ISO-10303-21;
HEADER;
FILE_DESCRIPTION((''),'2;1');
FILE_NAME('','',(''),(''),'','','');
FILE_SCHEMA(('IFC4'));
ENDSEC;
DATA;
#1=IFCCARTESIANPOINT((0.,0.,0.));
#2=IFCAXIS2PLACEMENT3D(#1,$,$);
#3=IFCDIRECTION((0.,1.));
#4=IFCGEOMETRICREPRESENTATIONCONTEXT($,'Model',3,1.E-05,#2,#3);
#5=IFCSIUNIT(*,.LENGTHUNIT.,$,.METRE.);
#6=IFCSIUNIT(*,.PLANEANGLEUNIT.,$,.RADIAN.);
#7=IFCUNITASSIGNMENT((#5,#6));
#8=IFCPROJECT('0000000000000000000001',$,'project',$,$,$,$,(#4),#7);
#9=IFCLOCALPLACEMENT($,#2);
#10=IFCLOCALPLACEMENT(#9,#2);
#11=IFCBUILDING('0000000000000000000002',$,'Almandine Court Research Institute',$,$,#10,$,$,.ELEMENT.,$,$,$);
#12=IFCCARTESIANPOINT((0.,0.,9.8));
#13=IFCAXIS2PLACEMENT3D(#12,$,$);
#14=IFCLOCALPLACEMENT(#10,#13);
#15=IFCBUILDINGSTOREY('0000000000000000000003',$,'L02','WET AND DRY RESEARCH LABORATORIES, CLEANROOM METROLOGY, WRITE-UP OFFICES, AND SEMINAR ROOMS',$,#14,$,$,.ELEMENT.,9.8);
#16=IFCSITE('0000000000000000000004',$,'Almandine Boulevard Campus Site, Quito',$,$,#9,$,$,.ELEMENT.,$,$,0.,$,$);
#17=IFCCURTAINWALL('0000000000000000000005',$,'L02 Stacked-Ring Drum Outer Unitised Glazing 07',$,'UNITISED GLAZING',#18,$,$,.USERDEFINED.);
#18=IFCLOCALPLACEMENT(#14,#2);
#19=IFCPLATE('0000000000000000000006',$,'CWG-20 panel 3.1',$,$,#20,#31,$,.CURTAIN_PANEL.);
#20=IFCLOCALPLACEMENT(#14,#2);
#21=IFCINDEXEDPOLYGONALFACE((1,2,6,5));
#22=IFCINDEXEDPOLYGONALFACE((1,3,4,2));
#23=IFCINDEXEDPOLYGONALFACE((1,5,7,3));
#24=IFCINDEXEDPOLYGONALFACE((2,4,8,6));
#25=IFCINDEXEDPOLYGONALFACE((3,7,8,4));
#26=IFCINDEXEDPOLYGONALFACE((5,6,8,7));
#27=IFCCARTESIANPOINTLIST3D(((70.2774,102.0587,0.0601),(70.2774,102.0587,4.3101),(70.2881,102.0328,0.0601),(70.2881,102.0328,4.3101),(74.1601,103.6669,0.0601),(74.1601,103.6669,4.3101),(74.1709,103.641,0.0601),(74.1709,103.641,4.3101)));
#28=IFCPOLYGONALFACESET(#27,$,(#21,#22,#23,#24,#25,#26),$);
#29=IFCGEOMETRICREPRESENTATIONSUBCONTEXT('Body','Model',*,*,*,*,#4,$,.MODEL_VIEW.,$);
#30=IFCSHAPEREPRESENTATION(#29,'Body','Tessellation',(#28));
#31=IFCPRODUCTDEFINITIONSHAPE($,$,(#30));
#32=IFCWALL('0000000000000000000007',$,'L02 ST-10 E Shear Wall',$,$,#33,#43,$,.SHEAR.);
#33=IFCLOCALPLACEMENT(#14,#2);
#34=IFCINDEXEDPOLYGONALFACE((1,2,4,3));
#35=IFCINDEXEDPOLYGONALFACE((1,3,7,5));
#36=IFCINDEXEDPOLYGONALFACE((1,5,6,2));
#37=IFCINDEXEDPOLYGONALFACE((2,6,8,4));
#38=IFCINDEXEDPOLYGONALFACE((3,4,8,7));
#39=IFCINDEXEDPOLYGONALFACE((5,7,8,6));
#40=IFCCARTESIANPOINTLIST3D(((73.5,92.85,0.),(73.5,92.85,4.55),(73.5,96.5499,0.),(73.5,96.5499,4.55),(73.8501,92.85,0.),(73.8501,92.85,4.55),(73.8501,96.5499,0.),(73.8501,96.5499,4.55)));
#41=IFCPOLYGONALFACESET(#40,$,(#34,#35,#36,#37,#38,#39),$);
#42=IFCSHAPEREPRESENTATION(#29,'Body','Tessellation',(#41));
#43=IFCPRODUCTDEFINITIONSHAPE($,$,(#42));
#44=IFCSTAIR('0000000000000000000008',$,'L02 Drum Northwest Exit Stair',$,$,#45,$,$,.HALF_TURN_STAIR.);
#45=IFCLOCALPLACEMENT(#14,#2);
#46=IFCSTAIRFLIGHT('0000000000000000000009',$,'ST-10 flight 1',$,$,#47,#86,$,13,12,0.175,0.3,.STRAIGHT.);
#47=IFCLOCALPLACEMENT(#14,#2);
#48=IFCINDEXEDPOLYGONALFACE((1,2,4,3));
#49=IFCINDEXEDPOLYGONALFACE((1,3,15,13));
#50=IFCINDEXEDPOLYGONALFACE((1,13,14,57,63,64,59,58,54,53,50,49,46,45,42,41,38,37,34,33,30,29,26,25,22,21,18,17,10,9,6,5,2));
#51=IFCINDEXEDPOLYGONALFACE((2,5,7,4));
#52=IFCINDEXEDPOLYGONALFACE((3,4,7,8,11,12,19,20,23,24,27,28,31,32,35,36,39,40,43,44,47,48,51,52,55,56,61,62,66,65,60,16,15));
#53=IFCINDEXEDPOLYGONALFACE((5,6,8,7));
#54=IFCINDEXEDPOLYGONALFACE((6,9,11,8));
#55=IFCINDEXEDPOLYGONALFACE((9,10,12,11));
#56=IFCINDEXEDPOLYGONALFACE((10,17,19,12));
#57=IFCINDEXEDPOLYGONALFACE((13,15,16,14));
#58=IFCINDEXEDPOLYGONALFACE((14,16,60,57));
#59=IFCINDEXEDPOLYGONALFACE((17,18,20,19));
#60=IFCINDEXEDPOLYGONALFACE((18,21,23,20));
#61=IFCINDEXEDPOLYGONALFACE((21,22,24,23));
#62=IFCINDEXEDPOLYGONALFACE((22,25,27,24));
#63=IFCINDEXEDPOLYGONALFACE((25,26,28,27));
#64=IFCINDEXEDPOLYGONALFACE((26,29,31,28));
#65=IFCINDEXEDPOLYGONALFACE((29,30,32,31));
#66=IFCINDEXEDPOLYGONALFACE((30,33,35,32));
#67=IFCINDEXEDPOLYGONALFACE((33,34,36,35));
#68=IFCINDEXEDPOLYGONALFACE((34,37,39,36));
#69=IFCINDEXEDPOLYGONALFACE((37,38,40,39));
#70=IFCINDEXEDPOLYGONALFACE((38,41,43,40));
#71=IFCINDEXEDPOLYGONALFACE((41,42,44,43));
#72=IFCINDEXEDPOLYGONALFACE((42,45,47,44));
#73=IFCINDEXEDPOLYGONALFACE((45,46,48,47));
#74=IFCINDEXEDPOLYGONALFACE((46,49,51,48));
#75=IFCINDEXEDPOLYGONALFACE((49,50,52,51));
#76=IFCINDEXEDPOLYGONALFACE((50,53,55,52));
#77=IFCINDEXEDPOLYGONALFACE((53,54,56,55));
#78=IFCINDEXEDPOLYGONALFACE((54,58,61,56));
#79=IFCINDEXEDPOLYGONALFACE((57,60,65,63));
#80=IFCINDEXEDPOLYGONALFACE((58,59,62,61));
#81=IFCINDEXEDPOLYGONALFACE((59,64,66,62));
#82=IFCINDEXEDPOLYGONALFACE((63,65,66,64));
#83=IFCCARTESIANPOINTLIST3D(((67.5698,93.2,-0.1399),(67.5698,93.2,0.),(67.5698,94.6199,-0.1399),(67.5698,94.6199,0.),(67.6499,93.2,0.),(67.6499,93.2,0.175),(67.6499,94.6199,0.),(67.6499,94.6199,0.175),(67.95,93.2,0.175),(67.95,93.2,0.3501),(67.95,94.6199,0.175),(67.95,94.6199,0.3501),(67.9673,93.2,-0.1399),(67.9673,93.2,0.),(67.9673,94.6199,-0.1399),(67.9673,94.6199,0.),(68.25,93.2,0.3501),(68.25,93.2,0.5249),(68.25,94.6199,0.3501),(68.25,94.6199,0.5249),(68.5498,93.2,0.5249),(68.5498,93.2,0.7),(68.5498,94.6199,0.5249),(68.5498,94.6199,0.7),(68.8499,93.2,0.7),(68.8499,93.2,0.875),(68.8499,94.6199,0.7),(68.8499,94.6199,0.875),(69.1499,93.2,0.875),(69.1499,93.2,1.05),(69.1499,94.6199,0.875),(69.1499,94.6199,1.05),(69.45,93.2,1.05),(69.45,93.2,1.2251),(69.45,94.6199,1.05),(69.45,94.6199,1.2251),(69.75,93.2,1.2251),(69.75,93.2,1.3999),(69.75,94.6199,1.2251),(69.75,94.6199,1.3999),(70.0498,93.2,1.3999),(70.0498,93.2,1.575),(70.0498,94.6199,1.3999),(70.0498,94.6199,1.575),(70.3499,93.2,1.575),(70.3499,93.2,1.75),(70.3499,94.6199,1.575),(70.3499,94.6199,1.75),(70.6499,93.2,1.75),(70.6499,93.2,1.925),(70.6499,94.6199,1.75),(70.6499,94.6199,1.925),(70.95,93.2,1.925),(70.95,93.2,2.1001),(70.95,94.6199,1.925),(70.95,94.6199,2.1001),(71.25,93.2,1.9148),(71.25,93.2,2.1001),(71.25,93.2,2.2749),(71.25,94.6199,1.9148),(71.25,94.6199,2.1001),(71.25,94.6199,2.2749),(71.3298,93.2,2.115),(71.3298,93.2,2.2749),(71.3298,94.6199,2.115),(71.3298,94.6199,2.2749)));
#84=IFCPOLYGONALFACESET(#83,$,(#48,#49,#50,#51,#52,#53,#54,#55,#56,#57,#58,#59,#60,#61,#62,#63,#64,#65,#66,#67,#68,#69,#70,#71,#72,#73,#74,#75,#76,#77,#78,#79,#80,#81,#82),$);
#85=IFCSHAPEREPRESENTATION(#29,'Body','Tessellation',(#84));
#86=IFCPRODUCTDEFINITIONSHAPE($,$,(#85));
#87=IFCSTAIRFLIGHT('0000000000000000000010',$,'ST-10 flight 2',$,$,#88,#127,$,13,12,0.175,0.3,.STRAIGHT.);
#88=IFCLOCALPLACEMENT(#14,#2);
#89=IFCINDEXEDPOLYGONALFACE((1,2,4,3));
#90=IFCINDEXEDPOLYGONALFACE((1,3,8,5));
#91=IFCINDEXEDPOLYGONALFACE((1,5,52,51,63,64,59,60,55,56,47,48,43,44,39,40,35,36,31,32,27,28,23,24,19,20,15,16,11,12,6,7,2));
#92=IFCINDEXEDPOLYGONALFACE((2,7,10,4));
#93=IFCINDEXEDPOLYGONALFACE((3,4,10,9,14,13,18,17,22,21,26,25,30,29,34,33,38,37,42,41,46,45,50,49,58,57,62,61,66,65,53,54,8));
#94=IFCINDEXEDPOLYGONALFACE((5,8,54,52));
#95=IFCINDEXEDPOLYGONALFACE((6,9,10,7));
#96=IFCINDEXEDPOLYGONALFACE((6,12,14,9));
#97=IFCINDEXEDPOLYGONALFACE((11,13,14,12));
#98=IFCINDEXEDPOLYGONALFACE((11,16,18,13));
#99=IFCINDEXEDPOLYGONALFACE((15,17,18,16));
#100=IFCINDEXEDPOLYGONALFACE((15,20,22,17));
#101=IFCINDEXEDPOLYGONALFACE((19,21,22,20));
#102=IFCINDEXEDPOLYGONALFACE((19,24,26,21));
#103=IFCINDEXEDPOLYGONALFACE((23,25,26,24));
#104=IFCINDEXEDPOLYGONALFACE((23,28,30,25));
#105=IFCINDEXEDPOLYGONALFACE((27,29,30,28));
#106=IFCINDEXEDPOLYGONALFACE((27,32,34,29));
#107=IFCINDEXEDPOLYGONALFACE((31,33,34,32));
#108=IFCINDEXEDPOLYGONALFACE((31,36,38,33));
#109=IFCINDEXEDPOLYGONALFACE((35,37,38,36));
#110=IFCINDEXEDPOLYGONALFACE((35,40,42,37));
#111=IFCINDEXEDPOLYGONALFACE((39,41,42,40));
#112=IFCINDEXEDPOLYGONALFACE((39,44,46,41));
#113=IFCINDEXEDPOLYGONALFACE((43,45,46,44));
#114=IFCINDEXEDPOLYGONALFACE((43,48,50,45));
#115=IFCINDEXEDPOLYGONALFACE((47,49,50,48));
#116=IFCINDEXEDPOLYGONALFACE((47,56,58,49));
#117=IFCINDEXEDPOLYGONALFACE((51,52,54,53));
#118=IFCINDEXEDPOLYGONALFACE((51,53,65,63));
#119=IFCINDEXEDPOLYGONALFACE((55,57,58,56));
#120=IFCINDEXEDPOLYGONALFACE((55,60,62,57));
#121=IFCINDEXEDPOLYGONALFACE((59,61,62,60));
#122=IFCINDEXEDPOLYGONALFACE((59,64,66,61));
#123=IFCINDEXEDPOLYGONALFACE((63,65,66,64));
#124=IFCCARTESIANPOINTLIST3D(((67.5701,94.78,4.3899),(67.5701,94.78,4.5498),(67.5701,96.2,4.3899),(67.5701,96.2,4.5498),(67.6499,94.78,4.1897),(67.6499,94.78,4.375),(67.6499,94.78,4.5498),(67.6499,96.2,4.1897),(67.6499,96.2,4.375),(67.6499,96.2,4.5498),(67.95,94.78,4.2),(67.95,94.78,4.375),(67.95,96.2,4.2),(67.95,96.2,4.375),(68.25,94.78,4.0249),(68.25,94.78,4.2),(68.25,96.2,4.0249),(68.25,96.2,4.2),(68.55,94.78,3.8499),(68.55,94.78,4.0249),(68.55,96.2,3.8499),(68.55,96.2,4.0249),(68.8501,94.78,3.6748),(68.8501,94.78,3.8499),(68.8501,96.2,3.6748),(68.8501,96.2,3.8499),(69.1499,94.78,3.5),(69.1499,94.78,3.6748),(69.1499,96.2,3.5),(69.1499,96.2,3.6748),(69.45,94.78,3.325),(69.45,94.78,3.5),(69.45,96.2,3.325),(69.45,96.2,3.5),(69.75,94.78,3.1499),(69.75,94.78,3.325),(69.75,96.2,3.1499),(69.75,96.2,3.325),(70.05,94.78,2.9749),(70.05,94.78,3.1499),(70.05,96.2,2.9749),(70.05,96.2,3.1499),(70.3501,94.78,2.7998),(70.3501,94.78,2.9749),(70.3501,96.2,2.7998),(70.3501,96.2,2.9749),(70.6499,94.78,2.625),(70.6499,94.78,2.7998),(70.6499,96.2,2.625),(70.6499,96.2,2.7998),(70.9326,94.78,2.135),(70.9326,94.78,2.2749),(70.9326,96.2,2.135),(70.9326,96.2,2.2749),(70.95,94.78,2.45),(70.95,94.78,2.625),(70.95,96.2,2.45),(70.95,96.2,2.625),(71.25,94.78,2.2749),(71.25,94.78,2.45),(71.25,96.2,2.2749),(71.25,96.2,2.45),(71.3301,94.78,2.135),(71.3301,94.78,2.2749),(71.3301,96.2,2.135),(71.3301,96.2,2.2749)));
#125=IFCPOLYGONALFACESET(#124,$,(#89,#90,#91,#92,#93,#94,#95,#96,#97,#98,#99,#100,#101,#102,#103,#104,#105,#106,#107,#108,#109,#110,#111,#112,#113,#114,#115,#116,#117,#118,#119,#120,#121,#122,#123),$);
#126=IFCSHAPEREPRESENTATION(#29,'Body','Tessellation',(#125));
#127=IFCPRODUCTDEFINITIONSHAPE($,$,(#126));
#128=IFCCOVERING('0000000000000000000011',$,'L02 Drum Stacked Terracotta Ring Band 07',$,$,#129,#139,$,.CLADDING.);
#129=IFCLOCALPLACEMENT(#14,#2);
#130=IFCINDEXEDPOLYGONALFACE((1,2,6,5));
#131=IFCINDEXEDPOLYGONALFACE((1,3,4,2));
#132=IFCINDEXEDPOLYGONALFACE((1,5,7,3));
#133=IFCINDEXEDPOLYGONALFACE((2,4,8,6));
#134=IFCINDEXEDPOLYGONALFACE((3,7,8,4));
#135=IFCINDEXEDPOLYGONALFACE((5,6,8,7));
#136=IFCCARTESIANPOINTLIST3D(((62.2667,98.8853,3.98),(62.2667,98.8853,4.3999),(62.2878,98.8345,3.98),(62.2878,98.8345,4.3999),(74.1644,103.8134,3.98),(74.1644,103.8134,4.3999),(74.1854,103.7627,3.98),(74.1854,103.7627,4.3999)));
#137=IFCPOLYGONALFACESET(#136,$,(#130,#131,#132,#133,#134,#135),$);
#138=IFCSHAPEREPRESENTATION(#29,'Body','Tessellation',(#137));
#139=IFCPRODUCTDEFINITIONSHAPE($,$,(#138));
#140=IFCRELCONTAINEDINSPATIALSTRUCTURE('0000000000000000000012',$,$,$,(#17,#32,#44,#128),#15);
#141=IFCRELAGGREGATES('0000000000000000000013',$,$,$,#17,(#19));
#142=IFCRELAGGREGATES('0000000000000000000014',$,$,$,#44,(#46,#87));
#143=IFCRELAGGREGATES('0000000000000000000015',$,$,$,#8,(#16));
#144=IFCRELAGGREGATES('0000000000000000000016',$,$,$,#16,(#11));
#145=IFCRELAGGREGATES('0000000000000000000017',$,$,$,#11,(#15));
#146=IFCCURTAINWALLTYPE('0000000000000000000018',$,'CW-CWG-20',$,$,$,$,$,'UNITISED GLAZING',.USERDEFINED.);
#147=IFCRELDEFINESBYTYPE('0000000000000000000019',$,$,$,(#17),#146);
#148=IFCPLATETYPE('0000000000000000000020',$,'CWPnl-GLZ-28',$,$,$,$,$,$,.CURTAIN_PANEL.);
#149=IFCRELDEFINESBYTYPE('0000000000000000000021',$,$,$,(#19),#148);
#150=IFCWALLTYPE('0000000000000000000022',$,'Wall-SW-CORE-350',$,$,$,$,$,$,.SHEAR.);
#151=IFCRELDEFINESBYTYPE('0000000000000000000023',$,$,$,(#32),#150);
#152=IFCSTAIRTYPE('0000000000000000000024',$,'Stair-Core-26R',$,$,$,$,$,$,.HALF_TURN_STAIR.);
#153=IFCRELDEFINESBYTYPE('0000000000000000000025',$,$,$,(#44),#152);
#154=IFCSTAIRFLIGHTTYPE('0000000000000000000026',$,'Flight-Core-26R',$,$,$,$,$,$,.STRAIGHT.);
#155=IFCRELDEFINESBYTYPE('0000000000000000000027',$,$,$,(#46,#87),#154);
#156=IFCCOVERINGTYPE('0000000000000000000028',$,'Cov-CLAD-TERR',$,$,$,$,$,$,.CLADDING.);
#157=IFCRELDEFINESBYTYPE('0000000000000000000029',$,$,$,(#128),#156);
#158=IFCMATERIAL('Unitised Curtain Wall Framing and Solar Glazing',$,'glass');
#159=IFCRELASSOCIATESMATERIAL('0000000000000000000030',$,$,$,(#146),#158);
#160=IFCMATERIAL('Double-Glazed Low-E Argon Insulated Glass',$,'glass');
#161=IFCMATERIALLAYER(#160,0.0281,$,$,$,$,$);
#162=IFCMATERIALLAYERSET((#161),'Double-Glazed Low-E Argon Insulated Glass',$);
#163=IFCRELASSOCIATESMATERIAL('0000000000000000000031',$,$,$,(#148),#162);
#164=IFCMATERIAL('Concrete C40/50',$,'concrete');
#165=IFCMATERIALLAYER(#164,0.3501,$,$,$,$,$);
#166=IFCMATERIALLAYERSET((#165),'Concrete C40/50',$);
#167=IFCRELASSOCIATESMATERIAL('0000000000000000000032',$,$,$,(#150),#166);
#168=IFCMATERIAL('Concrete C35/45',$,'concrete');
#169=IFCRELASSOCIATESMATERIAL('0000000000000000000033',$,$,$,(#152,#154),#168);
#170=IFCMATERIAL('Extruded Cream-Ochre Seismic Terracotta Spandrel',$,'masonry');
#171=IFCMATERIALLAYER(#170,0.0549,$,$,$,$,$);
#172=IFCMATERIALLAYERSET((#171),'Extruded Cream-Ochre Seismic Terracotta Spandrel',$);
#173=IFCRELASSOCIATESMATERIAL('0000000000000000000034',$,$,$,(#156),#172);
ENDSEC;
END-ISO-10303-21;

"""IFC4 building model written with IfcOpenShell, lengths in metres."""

from ifc_helpers import new_model, si_unit, direction, frame, frame_2d, origin, origin_2d, place, context, subcontext, project, spatial, polyline, rectangle, outline, extrude, material, layer, layer_set, type_object, element, aggregate, save


model = new_model("IFC4")

# Units and contexts
model_context = context("Model", 3, precision=1e-05, world=origin(), true_north=direction((0.0, 1.0)))
body_context = subcontext(model_context, "Body", "Model", "MODEL_VIEW")
ifc_project = project(units=[si_unit("LENGTHUNIT", "METRE"), si_unit("PLANEANGLEUNIT", "RADIAN")], contexts=[model_context])

# Site, building, storey
site_placement = place(None, origin())
site = spatial("IfcSite", under=ifc_project, at=site_placement, Name="Almandine Boulevard Campus Site, Quito", CompositionType="ELEMENT", RefElevation=0.0)
building_placement = place(site_placement, origin())
building = spatial("IfcBuilding", under=site, at=building_placement, Name="Almandine Court Research Institute", CompositionType="ELEMENT")
storey_placement = place(building_placement, frame((0.0, 0.0, 9.8)))
storey = spatial("IfcBuildingStorey", under=building, at=storey_placement, Name="L02", Description="WET AND DRY RESEARCH LABORATORIES, CLEANROOM METROLOGY, WRITE-UP OFFICES, AND SEMINAR ROOMS", CompositionType="ELEMENT", Elevation=9.8)

# Shared definitions
ifc_material_1 = material(Name="Unitised Curtain Wall Framing and Solar Glazing", Category="glass")
curtain_wall_type = type_object("IfcCurtainWallType", Name="CW-CWG-20", ElementType="UNITISED GLAZING", PredefinedType="USERDEFINED", material=ifc_material_1)

# Curtain wall
curtain_wall_1_placement = place(storey_placement, origin())
curtain_wall_1 = element("IfcCurtainWall", 1, at=curtain_wall_1_placement, inside=storey, type_object=curtain_wall_type, Name="L02 Stacked-Ring Drum Outer Unitised Glazing 07", ObjectType="UNITISED GLAZING", PredefinedType="USERDEFINED")

# Plate
ifc_material_2 = material(Name="Double-Glazed Low-E Argon Insulated Glass", Category="glass")
ifc_layer_1 = layer(ifc_material_2, 0.0281)
ifc_layer_set_1 = layer_set([ifc_layer_1], Name="Double-Glazed Low-E Argon Insulated Glass")
plate_type = type_object("IfcPlateType", Name="CWPnl-GLZ-28", PredefinedType="CURTAIN_PANEL", material=ifc_layer_set_1)
plate_1_placement = place(storey_placement, frame((72.2241, 102.8499, 0.0601), z_axis=(0.0, 0.0, 1.0), x_axis=(0.923888, 0.382663, 0.0)))
plate_1 = element("IfcPlate", 2, at=plate_1_placement, type_object=plate_type, Name="CWG-20 panel 3.1", PredefinedType="CURTAIN_PANEL", context=body_context, shape_type="SweptSolid", body=[
    extrude(rectangle(XDim=4.2026, YDim=0.0281, at=origin_2d()), origin(), (0.0, 0.0, 1.0), 4.25),
])
aggregate(curtain_wall_1, [plate_1])

# Wall
ifc_material_3 = material(Name="Concrete C40/50", Category="concrete")
ifc_layer_2 = layer(ifc_material_3, 0.3501)
ifc_layer_set_2 = layer_set([ifc_layer_2], Name="Concrete C40/50")
wall_type = type_object("IfcWallType", Name="Wall-SW-CORE-350", PredefinedType="SHEAR", material=ifc_layer_set_2)
wall_placement = place(storey_placement, frame((73.675, 96.55, 0.0), z_axis=(0.0, 0.0, 1.0), x_axis=(0.0, -1.0, 0.0)))
element("IfcWall", 3, at=wall_placement, inside=storey, type_object=wall_type, Name="L02 ST-10 E Shear Wall", PredefinedType="SHEAR", context=body_context, shape_type="SweptSolid", body=[
    extrude(rectangle(XDim=3.7, YDim=0.3501, at=frame_2d((1.8501, 0.0))), origin(), (0.0, 0.0, 1.0), 4.55),
])

# Stair, stair flights
ifc_material_4 = material(Name="Concrete C35/45", Category="concrete")
stair_type = type_object("IfcStairType", Name="Stair-Core-26R", PredefinedType="HALF_TURN_STAIR", material=ifc_material_4)
stair_placement = place(storey_placement, origin())
stair = element("IfcStair", 4, at=stair_placement, inside=storey, type_object=stair_type, Name="L02 Drum Northwest Exit Stair", PredefinedType="HALF_TURN_STAIR")
stair_flight_type = type_object("IfcStairFlightType", Name="Flight-Core-26R", PredefinedType="STRAIGHT", material=ifc_material_4)
stair_flight_1_placement = place(storey_placement, frame((67.6499, 93.9099, 0.0), z_axis=(0.0, 0.0, 1.0), x_axis=(1.0, 0.0, 0.0)))
stair_flight_1 = element("IfcStairFlight", 5, at=stair_flight_1_placement, type_object=stair_flight_type, Name="ST-10 flight 1", NumberOfRisers=13, NumberOfTreads=12, PredefinedType="STRAIGHT", RiserHeight=0.175, TreadLength=0.3, context=body_context, shape_type="SweptSolid", body=[
    extrude(outline(polyline([(-0.0801, -0.1399), (-0.0801, 0.0), (0.0, 0.0), (0.0, 0.175), (0.3, 0.175), (0.3, 0.3501), (0.6001, 0.3501), (0.6001, 0.5249), (0.8999, 0.5249), (0.8999, 0.7), (1.2, 0.7), (1.2, 0.875), (1.5, 0.875), (1.5, 1.05), (1.8, 1.05), (1.8, 1.2251), (2.1001, 1.2251), (2.1001, 1.3999), (2.3999, 1.3999), (2.3999, 1.575), (2.7, 1.575), (2.7, 1.75), (3.0, 1.75), (3.0, 1.925), (3.3, 1.925), (3.3, 2.1001), (3.6001, 2.1001), (3.6001, 2.2749), (3.6799, 2.2749), (3.6799, 2.115), (3.6001, 1.9148), (0.3174, 0.0), (0.3174, -0.1399), (-0.0801, -0.1399)])), frame((0.0, 0.71, 0.0), z_axis=(0.0, -1.0, 0.0), x_axis=(1.0, 0.0, 0.0)), (0.0, 0.0, 1.0), 1.4199),
])
stair_flight_2_placement = place(storey_placement, frame((71.25, 95.49, 2.2749), z_axis=(0.0, 0.0, 1.0), x_axis=(-1.0, 0.0, 0.0)))
stair_flight_2 = element("IfcStairFlight", 6, at=stair_flight_2_placement, type_object=stair_flight_type, Name="ST-10 flight 2", NumberOfRisers=13, NumberOfTreads=12, PredefinedType="STRAIGHT", RiserHeight=0.175, TreadLength=0.3, context=body_context, shape_type="SweptSolid", body=[
    extrude(outline(polyline([(-0.0801, -0.1399), (-0.0801, 0.0), (0.0, 0.0), (0.0, 0.175), (0.3, 0.175), (0.3, 0.3501), (0.6001, 0.3501), (0.6001, 0.5249), (0.8999, 0.5249), (0.8999, 0.7), (1.2, 0.7), (1.2, 0.875), (1.5, 0.875), (1.5, 1.05), (1.8, 1.05), (1.8, 1.2251), (2.1001, 1.2251), (2.1001, 1.3999), (2.3999, 1.3999), (2.3999, 1.575), (2.7, 1.575), (2.7, 1.75), (3.0, 1.75), (3.0, 1.925), (3.3, 1.925), (3.3, 2.1001), (3.6001, 2.1001), (3.6001, 2.2749), (3.6799, 2.2749), (3.6799, 2.115), (3.6001, 1.9148), (0.3174, 0.0), (0.3174, -0.1399), (-0.0801, -0.1399)])), frame((0.0, 0.71, 0.0), z_axis=(0.0, -1.0, 0.0), x_axis=(1.0, 0.0, 0.0)), (0.0, 0.0, 1.0), 1.4199),
])
aggregate(stair, [stair_flight_1, stair_flight_2])

# Covering
ifc_material_5 = material(Name="Extruded Cream-Ochre Seismic Terracotta Spandrel", Category="masonry")
ifc_layer_3 = layer(ifc_material_5, 0.0549)
ifc_layer_set_3 = layer_set([ifc_layer_3], Name="Extruded Cream-Ochre Seismic Terracotta Spandrel")
covering_type = type_object("IfcCoveringType", Name="Cov-CLAD-TERR", PredefinedType="CLADDING", material=ifc_layer_set_3)
covering_placement = place(storey_placement, frame((68.2261, 101.324, 3.98), z_axis=(0.0, 0.0, 1.0), x_axis=(0.92388, 0.382683, 0.0)))
element("IfcCovering", 7, at=covering_placement, inside=storey, type_object=covering_type, Name="L02 Drum Stacked Terracotta Ring Band 07", PredefinedType="CLADDING", context=body_context, shape_type="SweptSolid", body=[
    extrude(rectangle(XDim=12.8779, YDim=0.0549, at=origin_2d()), origin(), (0.0, 0.0, 1.0), 0.4199),
])

save(model, "model.ifc")
